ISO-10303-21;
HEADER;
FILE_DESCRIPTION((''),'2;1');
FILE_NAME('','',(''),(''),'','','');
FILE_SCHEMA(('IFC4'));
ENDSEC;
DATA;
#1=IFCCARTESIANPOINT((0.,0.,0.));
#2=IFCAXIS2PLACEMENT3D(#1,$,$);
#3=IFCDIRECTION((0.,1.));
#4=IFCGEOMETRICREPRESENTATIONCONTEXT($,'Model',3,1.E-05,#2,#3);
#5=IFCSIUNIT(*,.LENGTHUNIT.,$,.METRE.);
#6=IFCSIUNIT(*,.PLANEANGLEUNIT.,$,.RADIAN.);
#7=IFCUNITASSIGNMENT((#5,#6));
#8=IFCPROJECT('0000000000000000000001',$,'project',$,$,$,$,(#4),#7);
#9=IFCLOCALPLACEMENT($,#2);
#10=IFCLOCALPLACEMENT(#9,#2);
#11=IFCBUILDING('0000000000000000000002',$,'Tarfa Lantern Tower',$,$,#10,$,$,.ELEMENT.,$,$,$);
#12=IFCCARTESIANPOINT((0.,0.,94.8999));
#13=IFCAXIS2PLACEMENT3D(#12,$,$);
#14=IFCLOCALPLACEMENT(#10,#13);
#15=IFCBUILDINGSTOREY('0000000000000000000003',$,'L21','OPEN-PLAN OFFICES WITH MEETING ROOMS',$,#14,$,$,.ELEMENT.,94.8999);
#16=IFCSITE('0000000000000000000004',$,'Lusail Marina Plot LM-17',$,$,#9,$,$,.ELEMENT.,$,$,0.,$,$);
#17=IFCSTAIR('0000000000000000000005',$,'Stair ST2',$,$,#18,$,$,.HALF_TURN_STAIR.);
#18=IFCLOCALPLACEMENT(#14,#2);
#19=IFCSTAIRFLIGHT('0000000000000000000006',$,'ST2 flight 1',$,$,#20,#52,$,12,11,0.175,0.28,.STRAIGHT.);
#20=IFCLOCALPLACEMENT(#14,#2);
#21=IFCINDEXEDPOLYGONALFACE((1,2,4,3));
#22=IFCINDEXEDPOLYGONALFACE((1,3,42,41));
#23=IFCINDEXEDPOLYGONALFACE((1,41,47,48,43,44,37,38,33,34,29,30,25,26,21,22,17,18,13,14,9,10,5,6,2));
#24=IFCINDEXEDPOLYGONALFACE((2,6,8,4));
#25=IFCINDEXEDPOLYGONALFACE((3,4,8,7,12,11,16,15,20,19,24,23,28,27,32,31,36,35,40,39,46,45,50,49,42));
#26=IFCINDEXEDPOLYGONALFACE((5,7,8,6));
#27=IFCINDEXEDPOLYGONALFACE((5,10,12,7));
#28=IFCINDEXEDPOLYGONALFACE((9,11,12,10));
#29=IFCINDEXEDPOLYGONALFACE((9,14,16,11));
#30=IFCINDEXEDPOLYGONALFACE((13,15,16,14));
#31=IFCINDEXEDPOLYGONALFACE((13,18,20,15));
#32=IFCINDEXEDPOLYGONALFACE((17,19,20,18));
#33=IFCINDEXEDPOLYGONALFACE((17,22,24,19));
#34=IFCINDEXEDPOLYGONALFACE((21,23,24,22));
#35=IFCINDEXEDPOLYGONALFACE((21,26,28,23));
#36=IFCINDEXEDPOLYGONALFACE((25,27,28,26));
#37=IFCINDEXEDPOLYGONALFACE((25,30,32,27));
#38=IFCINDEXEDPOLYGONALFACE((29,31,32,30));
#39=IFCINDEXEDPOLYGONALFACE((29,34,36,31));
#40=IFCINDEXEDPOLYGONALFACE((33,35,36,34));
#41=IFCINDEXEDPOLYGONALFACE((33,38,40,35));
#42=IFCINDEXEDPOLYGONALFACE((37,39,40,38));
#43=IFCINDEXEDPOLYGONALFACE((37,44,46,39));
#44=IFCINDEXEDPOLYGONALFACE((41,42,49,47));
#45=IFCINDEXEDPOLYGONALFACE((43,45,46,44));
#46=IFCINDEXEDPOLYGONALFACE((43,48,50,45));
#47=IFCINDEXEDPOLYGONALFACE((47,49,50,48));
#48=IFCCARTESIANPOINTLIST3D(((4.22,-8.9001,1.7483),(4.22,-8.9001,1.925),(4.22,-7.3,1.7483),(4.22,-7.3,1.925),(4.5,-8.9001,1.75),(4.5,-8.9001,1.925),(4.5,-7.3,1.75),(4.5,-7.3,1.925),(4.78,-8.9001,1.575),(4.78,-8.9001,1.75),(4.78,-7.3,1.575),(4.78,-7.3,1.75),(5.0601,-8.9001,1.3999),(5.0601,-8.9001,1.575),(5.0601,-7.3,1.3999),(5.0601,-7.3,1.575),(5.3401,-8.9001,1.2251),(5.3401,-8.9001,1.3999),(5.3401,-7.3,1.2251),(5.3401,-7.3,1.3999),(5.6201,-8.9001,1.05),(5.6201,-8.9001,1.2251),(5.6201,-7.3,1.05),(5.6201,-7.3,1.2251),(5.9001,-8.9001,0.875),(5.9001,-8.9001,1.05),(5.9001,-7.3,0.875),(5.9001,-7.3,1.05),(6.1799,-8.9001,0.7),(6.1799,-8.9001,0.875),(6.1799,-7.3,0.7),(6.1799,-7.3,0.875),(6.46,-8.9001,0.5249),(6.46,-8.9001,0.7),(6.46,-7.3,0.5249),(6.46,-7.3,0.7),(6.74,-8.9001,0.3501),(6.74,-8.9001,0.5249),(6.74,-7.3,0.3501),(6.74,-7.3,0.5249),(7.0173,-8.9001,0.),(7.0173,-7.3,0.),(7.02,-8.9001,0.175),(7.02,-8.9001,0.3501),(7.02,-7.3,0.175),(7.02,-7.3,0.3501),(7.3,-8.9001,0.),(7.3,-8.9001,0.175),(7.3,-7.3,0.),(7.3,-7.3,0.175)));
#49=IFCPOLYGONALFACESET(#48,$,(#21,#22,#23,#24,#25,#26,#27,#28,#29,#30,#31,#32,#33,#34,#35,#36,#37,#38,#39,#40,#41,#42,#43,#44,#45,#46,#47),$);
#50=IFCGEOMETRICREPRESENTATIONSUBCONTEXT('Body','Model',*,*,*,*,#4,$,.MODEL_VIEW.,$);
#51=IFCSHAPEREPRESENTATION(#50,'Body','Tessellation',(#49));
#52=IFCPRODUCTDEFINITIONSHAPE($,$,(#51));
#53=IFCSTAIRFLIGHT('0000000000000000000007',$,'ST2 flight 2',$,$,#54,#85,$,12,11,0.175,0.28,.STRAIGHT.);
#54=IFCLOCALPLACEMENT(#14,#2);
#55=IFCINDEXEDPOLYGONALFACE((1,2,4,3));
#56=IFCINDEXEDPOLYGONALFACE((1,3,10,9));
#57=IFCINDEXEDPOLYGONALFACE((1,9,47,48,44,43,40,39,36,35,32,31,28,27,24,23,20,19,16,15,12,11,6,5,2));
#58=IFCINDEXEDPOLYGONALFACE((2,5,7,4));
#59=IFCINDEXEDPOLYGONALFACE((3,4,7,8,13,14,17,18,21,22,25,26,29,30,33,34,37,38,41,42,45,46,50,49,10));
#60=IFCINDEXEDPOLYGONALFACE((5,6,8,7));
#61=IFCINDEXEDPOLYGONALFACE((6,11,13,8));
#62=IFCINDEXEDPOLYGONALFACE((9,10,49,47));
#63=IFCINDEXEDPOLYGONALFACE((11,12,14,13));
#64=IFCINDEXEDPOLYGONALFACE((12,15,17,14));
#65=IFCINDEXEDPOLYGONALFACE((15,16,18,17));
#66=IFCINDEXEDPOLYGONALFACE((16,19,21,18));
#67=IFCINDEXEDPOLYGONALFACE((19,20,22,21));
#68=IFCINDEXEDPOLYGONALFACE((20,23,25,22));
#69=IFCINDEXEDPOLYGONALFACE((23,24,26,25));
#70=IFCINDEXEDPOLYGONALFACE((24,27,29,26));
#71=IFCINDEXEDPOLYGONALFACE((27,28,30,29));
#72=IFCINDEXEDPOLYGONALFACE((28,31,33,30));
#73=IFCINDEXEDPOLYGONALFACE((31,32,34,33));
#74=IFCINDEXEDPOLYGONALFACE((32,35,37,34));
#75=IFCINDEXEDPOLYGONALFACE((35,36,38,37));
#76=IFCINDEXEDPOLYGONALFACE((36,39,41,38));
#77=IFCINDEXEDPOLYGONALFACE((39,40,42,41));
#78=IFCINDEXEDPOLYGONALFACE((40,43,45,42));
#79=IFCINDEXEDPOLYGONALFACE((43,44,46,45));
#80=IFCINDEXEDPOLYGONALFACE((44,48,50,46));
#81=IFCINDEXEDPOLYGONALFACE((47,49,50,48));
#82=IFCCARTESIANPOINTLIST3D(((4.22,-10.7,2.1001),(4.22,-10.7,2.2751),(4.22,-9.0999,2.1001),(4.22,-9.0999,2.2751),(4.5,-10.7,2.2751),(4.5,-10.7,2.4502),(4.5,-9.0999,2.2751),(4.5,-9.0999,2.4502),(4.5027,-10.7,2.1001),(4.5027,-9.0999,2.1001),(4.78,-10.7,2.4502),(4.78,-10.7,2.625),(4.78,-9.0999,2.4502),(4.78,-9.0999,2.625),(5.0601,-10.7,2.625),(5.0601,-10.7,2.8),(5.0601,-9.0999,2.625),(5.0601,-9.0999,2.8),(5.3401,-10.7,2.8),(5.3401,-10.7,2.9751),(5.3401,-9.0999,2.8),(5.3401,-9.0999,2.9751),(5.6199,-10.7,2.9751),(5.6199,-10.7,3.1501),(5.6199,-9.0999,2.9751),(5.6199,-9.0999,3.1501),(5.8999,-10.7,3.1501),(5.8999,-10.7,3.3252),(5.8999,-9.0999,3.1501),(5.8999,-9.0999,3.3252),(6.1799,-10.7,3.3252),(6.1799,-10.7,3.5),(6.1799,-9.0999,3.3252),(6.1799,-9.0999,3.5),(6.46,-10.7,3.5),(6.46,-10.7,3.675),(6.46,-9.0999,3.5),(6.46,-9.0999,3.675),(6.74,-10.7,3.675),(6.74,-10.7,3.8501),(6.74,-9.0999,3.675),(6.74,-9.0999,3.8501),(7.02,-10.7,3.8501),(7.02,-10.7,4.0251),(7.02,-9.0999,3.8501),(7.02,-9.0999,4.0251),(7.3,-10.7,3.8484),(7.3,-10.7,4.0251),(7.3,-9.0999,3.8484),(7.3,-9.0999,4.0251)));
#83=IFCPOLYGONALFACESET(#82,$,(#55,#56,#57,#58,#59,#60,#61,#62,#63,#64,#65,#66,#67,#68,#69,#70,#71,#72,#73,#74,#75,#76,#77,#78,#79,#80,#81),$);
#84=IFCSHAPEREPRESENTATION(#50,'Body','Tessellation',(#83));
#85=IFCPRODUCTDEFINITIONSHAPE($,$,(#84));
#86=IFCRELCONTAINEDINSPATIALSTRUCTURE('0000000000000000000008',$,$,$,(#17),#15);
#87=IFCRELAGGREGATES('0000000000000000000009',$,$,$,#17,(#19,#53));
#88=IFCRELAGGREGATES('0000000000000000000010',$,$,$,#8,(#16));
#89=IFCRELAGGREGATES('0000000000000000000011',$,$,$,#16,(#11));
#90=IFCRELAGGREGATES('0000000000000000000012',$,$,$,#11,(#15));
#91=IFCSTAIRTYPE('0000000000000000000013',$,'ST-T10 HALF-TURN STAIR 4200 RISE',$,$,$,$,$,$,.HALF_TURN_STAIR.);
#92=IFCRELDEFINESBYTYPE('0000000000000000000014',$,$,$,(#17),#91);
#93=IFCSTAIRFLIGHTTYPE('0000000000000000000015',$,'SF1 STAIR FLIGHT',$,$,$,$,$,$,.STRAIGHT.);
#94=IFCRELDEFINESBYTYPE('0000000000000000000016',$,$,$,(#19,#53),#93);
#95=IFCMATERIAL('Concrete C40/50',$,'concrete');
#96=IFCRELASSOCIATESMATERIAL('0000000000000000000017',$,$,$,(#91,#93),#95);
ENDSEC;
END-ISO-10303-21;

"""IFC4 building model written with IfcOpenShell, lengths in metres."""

from ifc_helpers import new_model, si_unit, direction, frame, origin, place, context, subcontext, project, spatial, polyline, outline, extrude, material, type_object, element, aggregate, save


model = new_model("IFC4")

# Units and contexts
model_context = context("Model", 3, precision=1e-05, world=origin(), true_north=direction((0.0, 1.0)))
body_context = subcontext(model_context, "Body", "Model", "MODEL_VIEW")
ifc_project = project(units=[si_unit("LENGTHUNIT", "METRE"), si_unit("PLANEANGLEUNIT", "RADIAN")], contexts=[model_context])

# Site, building, storey
site_placement = place(None, origin())
site = spatial("IfcSite", under=ifc_project, at=site_placement, Name="Lusail Marina Plot LM-17", CompositionType="ELEMENT", RefElevation=0.0)
building_placement = place(site_placement, origin())
building = spatial("IfcBuilding", under=site, at=building_placement, Name="Tarfa Lantern Tower", CompositionType="ELEMENT")
storey_placement = place(building_placement, frame((0.0, 0.0, 94.8999)))
storey = spatial("IfcBuildingStorey", under=building, at=storey_placement, Name="L21", Description="OPEN-PLAN OFFICES WITH MEETING ROOMS", CompositionType="ELEMENT", Elevation=94.8999)

# Stair, stair flights
ifc_material_1 = material(Name="Concrete C40/50", Category="concrete")
stair_type = type_object("IfcStairType", Name="ST-T10 HALF-TURN STAIR 4200 RISE", PredefinedType="HALF_TURN_STAIR", material=ifc_material_1)
stair_placement = place(storey_placement, origin())
stair = element("IfcStair", 1, at=stair_placement, inside=storey, type_object=stair_type, Name="Stair ST2", PredefinedType="HALF_TURN_STAIR")
stair_flight_type = type_object("IfcStairFlightType", Name="SF1 STAIR FLIGHT", PredefinedType="STRAIGHT", material=ifc_material_1)
stair_flight_1_placement = place(storey_placement, frame((7.3, -8.1001, 0.0), z_axis=(0.0, 0.0, 1.0), x_axis=(-1.0, 0.0, 0.0)))
stair_flight_1 = element("IfcStairFlight", 2, at=stair_flight_1_placement, type_object=stair_flight_type, Name="ST2 flight 1", NumberOfRisers=12, NumberOfTreads=11, PredefinedType="STRAIGHT", RiserHeight=0.175, TreadLength=0.28, context=body_context, shape_type="SweptSolid", body=[
    extrude(outline(polyline([(0.0, 0.0), (0.0, 0.175), (0.28, 0.175), (0.28, 0.3501), (0.5601, 0.3501), (0.5601, 0.5249), (0.8401, 0.5249), (0.8401, 0.7), (1.1201, 0.7), (1.1201, 0.875), (1.3999, 0.875), (1.3999, 1.05), (1.6799, 1.05), (1.6799, 1.2251), (1.96, 1.2251), (1.96, 1.3999), (2.24, 1.3999), (2.24, 1.575), (2.52, 1.575), (2.52, 1.75), (2.8, 1.75), (2.8, 1.925), (3.0801, 1.925), (3.0801, 2.1001), (3.0801, 1.7483), (0.2827, 0.0), (0.0, 0.0)])), frame((0.0, 0.8, 0.0), z_axis=(0.0, -1.0, 0.0), x_axis=(1.0, 0.0, 0.0)), (0.0, 0.0, 1.0), 1.6001),
])
stair_flight_2_placement = place(storey_placement, frame((4.22, -9.8999, 2.1001), z_axis=(0.0, 0.0, 1.0), x_axis=(1.0, 0.0, 0.0)))
stair_flight_2 = element("IfcStairFlight", 3, at=stair_flight_2_placement, type_object=stair_flight_type, Name="ST2 flight 2", NumberOfRisers=12, NumberOfTreads=11, PredefinedType="STRAIGHT", RiserHeight=0.175, TreadLength=0.28, context=body_context, shape_type="SweptSolid", body=[
    extrude(outline(polyline([(0.0, 0.0), (0.0, 0.175), (0.28, 0.175), (0.28, 0.3501), (0.5601, 0.3501), (0.5601, 0.5249), (0.8401, 0.5249), (0.8401, 0.7), (1.1201, 0.7), (1.1201, 0.875), (1.3999, 0.875), (1.3999, 1.05), (1.6799, 1.05), (1.6799, 1.2251), (1.96, 1.2251), (1.96, 1.3999), (2.24, 1.3999), (2.24, 1.575), (2.52, 1.575), (2.52, 1.75), (2.8, 1.75), (2.8, 1.925), (3.0801, 1.925), (3.0801, 2.1001), (3.0801, 1.7483), (0.2827, 0.0), (0.0, 0.0)])), frame((0.0, 0.8, 0.0), z_axis=(0.0, -1.0, 0.0), x_axis=(1.0, 0.0, 0.0)), (0.0, 0.0, 1.0), 1.6001),
])
aggregate(stair, [stair_flight_1, stair_flight_2])

save(model, "model.ifc")
